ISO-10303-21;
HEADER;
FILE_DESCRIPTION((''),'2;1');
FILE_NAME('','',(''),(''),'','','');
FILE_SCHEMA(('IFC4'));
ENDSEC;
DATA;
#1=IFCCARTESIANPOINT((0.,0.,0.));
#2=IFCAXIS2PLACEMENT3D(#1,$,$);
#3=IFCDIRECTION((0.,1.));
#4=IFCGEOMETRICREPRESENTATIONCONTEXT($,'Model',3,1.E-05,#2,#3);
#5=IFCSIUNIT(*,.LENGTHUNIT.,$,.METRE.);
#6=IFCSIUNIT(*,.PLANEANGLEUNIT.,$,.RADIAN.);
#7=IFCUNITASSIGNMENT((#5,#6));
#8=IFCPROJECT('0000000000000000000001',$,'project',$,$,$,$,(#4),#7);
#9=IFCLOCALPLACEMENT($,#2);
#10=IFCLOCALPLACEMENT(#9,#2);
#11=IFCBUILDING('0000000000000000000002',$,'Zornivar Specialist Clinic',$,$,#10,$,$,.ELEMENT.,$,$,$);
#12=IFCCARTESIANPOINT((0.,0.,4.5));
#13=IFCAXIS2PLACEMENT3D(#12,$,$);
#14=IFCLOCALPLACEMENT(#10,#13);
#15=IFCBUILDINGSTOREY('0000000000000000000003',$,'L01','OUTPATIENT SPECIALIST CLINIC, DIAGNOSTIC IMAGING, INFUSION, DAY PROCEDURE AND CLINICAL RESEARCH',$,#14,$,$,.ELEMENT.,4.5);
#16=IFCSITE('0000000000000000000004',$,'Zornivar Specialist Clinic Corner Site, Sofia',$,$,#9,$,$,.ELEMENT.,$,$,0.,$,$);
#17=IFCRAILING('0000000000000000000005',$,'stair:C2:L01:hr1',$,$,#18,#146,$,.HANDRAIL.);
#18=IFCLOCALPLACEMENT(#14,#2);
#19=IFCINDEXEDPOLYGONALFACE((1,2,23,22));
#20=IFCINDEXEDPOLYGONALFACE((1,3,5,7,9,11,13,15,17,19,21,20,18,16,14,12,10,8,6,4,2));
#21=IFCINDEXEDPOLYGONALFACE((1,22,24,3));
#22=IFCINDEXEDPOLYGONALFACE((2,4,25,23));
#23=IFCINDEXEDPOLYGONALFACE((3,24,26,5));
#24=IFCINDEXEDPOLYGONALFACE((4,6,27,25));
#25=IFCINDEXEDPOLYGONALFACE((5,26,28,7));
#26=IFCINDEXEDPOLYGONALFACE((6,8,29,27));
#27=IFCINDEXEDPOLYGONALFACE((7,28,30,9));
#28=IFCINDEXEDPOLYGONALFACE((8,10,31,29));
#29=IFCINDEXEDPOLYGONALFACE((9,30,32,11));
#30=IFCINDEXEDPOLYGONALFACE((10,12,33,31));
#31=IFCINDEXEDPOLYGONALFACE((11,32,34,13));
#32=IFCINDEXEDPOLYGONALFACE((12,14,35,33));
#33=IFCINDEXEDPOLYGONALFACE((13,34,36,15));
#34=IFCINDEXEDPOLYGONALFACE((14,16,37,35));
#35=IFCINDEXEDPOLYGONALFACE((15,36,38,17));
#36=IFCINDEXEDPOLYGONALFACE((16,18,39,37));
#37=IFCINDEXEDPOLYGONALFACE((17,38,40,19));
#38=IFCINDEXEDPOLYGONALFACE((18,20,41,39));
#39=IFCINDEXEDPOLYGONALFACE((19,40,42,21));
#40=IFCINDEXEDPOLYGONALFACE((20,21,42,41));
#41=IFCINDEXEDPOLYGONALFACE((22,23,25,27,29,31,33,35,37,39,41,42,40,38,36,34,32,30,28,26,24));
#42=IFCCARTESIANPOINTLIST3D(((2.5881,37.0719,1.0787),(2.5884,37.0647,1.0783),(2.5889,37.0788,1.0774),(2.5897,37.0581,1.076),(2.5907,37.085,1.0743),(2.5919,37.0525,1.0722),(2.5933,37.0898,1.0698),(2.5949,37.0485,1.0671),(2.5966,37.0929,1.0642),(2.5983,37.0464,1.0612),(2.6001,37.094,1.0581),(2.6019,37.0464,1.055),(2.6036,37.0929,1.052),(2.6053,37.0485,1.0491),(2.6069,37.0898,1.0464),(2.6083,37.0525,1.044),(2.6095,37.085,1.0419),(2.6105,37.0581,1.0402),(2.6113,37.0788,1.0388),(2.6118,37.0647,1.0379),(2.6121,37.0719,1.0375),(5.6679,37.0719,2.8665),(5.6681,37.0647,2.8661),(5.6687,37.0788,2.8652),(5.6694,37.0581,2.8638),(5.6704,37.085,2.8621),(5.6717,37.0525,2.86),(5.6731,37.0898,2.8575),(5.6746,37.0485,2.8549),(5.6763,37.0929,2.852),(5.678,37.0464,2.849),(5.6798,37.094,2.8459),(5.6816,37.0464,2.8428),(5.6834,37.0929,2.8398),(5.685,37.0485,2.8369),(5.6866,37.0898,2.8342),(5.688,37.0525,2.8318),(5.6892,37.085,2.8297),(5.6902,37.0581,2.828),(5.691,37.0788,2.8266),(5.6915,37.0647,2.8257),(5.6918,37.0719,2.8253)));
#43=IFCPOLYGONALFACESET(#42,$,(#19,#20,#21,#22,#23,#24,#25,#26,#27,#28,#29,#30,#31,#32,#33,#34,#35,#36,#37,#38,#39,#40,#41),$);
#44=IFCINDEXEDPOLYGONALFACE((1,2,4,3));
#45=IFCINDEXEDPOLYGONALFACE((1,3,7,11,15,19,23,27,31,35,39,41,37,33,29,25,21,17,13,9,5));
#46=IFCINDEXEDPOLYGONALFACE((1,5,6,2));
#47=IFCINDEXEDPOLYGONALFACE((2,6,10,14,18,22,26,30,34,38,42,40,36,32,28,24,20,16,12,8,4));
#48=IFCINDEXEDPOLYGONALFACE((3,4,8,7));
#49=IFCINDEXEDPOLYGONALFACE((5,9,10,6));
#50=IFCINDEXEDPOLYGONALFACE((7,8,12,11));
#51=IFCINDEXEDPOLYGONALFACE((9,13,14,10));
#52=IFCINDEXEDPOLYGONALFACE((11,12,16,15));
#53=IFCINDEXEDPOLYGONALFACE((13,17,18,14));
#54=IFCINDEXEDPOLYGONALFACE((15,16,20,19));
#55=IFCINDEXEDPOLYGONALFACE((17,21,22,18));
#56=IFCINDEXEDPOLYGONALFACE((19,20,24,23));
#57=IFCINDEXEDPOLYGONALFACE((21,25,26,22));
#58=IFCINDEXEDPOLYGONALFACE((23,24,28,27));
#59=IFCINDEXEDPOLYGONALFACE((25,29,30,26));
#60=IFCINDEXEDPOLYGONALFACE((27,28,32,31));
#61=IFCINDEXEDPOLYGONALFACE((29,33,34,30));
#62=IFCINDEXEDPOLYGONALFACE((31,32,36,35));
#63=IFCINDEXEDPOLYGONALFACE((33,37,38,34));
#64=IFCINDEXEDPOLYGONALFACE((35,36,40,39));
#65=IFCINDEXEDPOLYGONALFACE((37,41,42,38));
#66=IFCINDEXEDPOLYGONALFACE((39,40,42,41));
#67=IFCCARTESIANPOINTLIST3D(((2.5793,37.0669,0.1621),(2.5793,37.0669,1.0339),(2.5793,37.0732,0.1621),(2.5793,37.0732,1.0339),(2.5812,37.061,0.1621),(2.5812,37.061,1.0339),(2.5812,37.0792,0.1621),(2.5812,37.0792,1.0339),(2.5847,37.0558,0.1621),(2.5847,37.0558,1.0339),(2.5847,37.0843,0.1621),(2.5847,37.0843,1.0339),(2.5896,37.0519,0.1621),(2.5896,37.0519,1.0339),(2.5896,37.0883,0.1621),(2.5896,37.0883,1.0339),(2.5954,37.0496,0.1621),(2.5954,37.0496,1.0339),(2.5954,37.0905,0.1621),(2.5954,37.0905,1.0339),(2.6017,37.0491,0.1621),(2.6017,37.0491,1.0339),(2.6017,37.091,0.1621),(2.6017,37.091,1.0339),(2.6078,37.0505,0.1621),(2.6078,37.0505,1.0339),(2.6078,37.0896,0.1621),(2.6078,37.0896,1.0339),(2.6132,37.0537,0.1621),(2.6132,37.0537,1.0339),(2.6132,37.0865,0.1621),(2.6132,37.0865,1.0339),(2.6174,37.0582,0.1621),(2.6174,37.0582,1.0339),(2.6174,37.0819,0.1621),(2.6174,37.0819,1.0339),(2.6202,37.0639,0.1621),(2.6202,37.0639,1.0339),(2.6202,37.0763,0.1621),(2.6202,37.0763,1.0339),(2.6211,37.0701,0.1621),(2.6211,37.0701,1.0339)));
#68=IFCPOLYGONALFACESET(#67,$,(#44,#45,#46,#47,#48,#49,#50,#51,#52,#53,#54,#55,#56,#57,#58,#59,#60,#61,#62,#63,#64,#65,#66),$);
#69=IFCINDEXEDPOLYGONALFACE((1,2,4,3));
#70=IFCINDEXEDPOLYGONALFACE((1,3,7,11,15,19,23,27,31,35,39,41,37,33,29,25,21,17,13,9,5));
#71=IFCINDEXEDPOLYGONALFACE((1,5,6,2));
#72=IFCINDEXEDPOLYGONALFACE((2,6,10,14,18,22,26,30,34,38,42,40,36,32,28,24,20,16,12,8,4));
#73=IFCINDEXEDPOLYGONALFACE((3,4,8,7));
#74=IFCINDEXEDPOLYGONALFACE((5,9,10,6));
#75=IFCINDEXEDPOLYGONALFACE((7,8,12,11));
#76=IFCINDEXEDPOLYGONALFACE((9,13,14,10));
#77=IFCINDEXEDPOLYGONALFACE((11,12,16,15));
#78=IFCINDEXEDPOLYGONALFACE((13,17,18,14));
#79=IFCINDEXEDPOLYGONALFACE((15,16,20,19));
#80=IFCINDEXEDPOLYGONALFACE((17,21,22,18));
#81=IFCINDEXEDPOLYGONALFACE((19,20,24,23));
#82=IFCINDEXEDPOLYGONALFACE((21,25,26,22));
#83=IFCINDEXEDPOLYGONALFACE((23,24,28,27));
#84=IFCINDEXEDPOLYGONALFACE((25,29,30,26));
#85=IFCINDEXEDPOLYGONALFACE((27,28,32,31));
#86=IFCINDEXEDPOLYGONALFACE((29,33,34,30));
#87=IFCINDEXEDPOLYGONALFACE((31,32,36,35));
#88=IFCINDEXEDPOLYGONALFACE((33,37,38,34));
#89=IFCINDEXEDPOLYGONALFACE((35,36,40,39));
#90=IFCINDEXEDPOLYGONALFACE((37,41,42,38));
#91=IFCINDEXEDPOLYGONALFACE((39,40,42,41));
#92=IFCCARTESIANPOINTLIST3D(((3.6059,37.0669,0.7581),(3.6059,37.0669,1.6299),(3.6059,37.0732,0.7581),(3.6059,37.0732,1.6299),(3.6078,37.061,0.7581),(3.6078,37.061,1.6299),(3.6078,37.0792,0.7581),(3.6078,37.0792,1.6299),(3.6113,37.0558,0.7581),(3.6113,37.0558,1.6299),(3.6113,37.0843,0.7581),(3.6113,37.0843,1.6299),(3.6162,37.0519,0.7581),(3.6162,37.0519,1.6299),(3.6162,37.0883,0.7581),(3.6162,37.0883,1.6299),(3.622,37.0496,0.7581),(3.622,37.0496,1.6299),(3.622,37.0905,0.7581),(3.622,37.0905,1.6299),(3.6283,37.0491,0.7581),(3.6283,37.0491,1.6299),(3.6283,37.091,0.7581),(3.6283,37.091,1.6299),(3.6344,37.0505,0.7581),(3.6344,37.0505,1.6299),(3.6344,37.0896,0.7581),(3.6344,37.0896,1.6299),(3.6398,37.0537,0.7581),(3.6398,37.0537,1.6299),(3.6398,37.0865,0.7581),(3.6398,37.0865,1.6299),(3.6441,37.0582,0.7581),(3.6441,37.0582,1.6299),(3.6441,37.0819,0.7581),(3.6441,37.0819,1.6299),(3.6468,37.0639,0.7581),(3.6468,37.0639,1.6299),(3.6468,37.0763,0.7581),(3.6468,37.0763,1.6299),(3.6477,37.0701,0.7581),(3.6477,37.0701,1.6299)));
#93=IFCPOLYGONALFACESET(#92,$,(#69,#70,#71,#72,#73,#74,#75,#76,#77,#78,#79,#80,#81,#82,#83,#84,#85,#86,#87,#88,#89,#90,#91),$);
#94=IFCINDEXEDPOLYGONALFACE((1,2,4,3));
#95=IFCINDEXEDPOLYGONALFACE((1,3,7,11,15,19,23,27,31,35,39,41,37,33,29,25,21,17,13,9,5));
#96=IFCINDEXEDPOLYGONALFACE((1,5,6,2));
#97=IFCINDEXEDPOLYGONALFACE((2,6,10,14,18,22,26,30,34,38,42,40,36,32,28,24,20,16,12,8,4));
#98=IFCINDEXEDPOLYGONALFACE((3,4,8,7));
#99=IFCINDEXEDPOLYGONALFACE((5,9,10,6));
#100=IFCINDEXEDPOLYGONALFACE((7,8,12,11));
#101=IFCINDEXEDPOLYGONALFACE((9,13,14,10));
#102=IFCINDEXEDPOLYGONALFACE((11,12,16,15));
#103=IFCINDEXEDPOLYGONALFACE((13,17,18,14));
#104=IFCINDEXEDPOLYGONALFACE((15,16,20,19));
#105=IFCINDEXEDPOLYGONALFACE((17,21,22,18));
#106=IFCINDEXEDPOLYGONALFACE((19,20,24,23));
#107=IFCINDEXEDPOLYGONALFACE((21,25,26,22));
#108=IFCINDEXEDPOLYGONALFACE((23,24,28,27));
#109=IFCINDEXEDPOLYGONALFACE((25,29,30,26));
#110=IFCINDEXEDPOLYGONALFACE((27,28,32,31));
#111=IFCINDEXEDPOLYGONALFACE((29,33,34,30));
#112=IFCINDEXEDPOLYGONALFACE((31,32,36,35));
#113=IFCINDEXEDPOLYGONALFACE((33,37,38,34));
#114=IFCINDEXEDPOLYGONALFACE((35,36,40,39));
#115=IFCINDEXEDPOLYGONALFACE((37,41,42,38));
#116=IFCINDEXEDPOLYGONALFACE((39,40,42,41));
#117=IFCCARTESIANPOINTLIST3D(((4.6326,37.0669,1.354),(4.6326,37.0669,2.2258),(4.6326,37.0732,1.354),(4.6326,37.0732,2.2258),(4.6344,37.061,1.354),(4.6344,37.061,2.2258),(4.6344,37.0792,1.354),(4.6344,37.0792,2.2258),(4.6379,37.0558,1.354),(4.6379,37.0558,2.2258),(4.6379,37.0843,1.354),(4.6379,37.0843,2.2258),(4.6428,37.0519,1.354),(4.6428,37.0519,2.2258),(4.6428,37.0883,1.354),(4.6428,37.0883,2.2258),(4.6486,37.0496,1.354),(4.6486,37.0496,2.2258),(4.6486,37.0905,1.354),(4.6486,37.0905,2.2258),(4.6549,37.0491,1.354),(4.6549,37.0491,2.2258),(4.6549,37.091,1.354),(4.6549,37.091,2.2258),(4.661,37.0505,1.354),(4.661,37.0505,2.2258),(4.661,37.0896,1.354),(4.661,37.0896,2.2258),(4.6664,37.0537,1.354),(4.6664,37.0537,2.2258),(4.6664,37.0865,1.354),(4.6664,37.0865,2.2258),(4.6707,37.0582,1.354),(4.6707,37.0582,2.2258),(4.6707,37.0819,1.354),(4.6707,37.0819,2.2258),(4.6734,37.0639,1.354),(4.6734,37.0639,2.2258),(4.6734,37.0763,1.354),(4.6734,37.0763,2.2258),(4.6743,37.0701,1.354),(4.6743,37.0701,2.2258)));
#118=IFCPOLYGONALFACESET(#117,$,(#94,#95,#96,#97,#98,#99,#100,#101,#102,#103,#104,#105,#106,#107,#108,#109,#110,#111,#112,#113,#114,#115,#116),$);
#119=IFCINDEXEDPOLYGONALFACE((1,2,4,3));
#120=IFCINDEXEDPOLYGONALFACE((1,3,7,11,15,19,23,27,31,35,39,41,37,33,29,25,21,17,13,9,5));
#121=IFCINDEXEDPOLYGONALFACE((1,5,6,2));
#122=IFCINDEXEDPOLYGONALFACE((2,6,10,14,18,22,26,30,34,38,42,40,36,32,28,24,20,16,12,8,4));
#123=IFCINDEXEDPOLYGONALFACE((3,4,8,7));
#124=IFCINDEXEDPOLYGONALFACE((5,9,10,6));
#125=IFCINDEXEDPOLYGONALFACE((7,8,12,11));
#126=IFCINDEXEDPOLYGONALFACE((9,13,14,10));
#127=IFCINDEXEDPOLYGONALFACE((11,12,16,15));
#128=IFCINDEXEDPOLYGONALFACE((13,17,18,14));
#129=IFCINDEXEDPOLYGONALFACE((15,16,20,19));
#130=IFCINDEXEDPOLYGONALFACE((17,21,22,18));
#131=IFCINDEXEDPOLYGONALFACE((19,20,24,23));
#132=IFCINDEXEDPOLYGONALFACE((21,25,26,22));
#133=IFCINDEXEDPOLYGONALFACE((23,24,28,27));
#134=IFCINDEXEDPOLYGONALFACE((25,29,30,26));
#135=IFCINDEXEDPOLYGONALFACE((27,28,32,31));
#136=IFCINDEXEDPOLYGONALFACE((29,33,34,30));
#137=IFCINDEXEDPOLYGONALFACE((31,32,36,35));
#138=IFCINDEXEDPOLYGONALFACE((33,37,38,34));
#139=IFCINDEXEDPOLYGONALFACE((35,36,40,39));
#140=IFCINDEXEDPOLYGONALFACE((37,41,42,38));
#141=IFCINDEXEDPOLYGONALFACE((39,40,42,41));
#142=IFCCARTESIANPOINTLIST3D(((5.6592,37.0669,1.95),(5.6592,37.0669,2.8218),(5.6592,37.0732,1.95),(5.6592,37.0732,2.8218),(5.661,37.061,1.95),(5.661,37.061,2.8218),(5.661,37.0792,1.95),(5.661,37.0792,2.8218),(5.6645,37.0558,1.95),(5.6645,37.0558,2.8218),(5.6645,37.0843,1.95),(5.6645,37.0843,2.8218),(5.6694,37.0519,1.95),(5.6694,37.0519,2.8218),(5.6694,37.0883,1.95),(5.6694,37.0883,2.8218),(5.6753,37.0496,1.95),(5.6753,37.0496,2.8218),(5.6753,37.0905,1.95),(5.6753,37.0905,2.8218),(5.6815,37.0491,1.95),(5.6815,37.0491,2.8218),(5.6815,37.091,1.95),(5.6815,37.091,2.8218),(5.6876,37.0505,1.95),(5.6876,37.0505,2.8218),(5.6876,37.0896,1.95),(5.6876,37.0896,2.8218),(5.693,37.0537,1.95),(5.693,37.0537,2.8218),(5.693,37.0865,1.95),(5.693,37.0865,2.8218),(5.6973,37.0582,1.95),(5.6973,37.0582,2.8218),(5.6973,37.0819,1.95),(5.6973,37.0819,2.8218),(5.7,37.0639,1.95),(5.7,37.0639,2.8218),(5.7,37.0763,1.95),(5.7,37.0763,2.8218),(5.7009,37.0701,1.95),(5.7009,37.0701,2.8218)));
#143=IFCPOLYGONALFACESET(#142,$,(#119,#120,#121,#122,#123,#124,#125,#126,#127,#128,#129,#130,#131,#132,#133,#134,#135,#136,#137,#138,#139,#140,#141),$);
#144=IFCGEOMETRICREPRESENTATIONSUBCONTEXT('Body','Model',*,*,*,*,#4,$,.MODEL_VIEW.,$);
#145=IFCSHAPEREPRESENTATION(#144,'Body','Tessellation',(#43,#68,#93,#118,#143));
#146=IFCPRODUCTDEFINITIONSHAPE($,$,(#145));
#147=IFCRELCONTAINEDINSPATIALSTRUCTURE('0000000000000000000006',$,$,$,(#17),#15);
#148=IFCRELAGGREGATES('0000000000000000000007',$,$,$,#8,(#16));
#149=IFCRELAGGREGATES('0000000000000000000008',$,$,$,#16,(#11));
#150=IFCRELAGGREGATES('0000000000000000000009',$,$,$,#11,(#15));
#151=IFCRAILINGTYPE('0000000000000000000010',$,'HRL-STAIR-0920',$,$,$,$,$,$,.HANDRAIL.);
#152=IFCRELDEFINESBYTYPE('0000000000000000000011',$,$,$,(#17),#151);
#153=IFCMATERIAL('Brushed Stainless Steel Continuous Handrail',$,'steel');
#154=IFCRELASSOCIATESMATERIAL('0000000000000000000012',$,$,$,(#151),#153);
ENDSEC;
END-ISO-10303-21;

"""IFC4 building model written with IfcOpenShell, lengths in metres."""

from ifc_helpers import new_model, si_unit, direction, frame, origin, origin_2d, place, context, subcontext, project, spatial, circle, extrude, material, type_object, element, save


model = new_model("IFC4")

# Units and contexts
model_context = context("Model", 3, precision=1e-05, world=origin(), true_north=direction((0.0, 1.0)))
body_context = subcontext(model_context, "Body", "Model", "MODEL_VIEW")
ifc_project = project(units=[si_unit("LENGTHUNIT", "METRE"), si_unit("PLANEANGLEUNIT", "RADIAN")], contexts=[model_context])

# Site, building, storey
site_placement = place(None, origin())
site = spatial("IfcSite", under=ifc_project, at=site_placement, Name="Zornivar Specialist Clinic Corner Site, Sofia", CompositionType="ELEMENT", RefElevation=0.0)
building_placement = place(site_placement, origin())
building = spatial("IfcBuilding", under=site, at=building_placement, Name="Zornivar Specialist Clinic", CompositionType="ELEMENT")
storey_placement = place(building_placement, frame((0.0, 0.0, 4.5)))
storey = spatial("IfcBuildingStorey", under=building, at=storey_placement, Name="L01", Description="OUTPATIENT SPECIALIST CLINIC, DIAGNOSTIC IMAGING, INFUSION, DAY PROCEDURE AND CLINICAL RESEARCH", CompositionType="ELEMENT", Elevation=4.5)

# Railing
ifc_material_1 = material(Name="Brushed Stainless Steel Continuous Handrail", Category="steel")
railing_type_1 = type_object("IfcRailingType", Name="HRL-STAIR-0920", PredefinedType="HANDRAIL", material=ifc_material_1)
railing_1_placement = place(storey_placement, frame((2.6001, 37.0701, 0.1621)))
element("IfcRailing", 1, at=railing_1_placement, inside=storey, type_object=railing_type_1, Name="stair:C2:L01:hr1", PredefinedType="HANDRAIL", context=body_context, shape_type="SweptSolid", body=[
    extrude(circle(Radius=0.0239, at=origin_2d()), frame((0.0, 0.0, 0.896), z_axis=(0.864844, 0.0, 0.502041), x_axis=(0.0, 1.0, 0.0)), (0.0, 0.0, 1.0), 3.561),
    extrude(circle(Radius=0.021, at=origin_2d()), origin(), (0.0, 0.0, 1.0), 0.8718),
    extrude(circle(Radius=0.021, at=origin_2d()), frame((1.0266, 0.0, 0.5959)), (0.0, 0.0, 1.0), 0.8718),
    extrude(circle(Radius=0.021, at=origin_2d()), frame((2.0532, 0.0, 1.1919)), (0.0, 0.0, 1.0), 0.8718),
    extrude(circle(Radius=0.021, at=origin_2d()), frame((3.0798, 0.0, 1.7878)), (0.0, 0.0, 1.0), 0.8718),
])

save(model, "model.ifc")
